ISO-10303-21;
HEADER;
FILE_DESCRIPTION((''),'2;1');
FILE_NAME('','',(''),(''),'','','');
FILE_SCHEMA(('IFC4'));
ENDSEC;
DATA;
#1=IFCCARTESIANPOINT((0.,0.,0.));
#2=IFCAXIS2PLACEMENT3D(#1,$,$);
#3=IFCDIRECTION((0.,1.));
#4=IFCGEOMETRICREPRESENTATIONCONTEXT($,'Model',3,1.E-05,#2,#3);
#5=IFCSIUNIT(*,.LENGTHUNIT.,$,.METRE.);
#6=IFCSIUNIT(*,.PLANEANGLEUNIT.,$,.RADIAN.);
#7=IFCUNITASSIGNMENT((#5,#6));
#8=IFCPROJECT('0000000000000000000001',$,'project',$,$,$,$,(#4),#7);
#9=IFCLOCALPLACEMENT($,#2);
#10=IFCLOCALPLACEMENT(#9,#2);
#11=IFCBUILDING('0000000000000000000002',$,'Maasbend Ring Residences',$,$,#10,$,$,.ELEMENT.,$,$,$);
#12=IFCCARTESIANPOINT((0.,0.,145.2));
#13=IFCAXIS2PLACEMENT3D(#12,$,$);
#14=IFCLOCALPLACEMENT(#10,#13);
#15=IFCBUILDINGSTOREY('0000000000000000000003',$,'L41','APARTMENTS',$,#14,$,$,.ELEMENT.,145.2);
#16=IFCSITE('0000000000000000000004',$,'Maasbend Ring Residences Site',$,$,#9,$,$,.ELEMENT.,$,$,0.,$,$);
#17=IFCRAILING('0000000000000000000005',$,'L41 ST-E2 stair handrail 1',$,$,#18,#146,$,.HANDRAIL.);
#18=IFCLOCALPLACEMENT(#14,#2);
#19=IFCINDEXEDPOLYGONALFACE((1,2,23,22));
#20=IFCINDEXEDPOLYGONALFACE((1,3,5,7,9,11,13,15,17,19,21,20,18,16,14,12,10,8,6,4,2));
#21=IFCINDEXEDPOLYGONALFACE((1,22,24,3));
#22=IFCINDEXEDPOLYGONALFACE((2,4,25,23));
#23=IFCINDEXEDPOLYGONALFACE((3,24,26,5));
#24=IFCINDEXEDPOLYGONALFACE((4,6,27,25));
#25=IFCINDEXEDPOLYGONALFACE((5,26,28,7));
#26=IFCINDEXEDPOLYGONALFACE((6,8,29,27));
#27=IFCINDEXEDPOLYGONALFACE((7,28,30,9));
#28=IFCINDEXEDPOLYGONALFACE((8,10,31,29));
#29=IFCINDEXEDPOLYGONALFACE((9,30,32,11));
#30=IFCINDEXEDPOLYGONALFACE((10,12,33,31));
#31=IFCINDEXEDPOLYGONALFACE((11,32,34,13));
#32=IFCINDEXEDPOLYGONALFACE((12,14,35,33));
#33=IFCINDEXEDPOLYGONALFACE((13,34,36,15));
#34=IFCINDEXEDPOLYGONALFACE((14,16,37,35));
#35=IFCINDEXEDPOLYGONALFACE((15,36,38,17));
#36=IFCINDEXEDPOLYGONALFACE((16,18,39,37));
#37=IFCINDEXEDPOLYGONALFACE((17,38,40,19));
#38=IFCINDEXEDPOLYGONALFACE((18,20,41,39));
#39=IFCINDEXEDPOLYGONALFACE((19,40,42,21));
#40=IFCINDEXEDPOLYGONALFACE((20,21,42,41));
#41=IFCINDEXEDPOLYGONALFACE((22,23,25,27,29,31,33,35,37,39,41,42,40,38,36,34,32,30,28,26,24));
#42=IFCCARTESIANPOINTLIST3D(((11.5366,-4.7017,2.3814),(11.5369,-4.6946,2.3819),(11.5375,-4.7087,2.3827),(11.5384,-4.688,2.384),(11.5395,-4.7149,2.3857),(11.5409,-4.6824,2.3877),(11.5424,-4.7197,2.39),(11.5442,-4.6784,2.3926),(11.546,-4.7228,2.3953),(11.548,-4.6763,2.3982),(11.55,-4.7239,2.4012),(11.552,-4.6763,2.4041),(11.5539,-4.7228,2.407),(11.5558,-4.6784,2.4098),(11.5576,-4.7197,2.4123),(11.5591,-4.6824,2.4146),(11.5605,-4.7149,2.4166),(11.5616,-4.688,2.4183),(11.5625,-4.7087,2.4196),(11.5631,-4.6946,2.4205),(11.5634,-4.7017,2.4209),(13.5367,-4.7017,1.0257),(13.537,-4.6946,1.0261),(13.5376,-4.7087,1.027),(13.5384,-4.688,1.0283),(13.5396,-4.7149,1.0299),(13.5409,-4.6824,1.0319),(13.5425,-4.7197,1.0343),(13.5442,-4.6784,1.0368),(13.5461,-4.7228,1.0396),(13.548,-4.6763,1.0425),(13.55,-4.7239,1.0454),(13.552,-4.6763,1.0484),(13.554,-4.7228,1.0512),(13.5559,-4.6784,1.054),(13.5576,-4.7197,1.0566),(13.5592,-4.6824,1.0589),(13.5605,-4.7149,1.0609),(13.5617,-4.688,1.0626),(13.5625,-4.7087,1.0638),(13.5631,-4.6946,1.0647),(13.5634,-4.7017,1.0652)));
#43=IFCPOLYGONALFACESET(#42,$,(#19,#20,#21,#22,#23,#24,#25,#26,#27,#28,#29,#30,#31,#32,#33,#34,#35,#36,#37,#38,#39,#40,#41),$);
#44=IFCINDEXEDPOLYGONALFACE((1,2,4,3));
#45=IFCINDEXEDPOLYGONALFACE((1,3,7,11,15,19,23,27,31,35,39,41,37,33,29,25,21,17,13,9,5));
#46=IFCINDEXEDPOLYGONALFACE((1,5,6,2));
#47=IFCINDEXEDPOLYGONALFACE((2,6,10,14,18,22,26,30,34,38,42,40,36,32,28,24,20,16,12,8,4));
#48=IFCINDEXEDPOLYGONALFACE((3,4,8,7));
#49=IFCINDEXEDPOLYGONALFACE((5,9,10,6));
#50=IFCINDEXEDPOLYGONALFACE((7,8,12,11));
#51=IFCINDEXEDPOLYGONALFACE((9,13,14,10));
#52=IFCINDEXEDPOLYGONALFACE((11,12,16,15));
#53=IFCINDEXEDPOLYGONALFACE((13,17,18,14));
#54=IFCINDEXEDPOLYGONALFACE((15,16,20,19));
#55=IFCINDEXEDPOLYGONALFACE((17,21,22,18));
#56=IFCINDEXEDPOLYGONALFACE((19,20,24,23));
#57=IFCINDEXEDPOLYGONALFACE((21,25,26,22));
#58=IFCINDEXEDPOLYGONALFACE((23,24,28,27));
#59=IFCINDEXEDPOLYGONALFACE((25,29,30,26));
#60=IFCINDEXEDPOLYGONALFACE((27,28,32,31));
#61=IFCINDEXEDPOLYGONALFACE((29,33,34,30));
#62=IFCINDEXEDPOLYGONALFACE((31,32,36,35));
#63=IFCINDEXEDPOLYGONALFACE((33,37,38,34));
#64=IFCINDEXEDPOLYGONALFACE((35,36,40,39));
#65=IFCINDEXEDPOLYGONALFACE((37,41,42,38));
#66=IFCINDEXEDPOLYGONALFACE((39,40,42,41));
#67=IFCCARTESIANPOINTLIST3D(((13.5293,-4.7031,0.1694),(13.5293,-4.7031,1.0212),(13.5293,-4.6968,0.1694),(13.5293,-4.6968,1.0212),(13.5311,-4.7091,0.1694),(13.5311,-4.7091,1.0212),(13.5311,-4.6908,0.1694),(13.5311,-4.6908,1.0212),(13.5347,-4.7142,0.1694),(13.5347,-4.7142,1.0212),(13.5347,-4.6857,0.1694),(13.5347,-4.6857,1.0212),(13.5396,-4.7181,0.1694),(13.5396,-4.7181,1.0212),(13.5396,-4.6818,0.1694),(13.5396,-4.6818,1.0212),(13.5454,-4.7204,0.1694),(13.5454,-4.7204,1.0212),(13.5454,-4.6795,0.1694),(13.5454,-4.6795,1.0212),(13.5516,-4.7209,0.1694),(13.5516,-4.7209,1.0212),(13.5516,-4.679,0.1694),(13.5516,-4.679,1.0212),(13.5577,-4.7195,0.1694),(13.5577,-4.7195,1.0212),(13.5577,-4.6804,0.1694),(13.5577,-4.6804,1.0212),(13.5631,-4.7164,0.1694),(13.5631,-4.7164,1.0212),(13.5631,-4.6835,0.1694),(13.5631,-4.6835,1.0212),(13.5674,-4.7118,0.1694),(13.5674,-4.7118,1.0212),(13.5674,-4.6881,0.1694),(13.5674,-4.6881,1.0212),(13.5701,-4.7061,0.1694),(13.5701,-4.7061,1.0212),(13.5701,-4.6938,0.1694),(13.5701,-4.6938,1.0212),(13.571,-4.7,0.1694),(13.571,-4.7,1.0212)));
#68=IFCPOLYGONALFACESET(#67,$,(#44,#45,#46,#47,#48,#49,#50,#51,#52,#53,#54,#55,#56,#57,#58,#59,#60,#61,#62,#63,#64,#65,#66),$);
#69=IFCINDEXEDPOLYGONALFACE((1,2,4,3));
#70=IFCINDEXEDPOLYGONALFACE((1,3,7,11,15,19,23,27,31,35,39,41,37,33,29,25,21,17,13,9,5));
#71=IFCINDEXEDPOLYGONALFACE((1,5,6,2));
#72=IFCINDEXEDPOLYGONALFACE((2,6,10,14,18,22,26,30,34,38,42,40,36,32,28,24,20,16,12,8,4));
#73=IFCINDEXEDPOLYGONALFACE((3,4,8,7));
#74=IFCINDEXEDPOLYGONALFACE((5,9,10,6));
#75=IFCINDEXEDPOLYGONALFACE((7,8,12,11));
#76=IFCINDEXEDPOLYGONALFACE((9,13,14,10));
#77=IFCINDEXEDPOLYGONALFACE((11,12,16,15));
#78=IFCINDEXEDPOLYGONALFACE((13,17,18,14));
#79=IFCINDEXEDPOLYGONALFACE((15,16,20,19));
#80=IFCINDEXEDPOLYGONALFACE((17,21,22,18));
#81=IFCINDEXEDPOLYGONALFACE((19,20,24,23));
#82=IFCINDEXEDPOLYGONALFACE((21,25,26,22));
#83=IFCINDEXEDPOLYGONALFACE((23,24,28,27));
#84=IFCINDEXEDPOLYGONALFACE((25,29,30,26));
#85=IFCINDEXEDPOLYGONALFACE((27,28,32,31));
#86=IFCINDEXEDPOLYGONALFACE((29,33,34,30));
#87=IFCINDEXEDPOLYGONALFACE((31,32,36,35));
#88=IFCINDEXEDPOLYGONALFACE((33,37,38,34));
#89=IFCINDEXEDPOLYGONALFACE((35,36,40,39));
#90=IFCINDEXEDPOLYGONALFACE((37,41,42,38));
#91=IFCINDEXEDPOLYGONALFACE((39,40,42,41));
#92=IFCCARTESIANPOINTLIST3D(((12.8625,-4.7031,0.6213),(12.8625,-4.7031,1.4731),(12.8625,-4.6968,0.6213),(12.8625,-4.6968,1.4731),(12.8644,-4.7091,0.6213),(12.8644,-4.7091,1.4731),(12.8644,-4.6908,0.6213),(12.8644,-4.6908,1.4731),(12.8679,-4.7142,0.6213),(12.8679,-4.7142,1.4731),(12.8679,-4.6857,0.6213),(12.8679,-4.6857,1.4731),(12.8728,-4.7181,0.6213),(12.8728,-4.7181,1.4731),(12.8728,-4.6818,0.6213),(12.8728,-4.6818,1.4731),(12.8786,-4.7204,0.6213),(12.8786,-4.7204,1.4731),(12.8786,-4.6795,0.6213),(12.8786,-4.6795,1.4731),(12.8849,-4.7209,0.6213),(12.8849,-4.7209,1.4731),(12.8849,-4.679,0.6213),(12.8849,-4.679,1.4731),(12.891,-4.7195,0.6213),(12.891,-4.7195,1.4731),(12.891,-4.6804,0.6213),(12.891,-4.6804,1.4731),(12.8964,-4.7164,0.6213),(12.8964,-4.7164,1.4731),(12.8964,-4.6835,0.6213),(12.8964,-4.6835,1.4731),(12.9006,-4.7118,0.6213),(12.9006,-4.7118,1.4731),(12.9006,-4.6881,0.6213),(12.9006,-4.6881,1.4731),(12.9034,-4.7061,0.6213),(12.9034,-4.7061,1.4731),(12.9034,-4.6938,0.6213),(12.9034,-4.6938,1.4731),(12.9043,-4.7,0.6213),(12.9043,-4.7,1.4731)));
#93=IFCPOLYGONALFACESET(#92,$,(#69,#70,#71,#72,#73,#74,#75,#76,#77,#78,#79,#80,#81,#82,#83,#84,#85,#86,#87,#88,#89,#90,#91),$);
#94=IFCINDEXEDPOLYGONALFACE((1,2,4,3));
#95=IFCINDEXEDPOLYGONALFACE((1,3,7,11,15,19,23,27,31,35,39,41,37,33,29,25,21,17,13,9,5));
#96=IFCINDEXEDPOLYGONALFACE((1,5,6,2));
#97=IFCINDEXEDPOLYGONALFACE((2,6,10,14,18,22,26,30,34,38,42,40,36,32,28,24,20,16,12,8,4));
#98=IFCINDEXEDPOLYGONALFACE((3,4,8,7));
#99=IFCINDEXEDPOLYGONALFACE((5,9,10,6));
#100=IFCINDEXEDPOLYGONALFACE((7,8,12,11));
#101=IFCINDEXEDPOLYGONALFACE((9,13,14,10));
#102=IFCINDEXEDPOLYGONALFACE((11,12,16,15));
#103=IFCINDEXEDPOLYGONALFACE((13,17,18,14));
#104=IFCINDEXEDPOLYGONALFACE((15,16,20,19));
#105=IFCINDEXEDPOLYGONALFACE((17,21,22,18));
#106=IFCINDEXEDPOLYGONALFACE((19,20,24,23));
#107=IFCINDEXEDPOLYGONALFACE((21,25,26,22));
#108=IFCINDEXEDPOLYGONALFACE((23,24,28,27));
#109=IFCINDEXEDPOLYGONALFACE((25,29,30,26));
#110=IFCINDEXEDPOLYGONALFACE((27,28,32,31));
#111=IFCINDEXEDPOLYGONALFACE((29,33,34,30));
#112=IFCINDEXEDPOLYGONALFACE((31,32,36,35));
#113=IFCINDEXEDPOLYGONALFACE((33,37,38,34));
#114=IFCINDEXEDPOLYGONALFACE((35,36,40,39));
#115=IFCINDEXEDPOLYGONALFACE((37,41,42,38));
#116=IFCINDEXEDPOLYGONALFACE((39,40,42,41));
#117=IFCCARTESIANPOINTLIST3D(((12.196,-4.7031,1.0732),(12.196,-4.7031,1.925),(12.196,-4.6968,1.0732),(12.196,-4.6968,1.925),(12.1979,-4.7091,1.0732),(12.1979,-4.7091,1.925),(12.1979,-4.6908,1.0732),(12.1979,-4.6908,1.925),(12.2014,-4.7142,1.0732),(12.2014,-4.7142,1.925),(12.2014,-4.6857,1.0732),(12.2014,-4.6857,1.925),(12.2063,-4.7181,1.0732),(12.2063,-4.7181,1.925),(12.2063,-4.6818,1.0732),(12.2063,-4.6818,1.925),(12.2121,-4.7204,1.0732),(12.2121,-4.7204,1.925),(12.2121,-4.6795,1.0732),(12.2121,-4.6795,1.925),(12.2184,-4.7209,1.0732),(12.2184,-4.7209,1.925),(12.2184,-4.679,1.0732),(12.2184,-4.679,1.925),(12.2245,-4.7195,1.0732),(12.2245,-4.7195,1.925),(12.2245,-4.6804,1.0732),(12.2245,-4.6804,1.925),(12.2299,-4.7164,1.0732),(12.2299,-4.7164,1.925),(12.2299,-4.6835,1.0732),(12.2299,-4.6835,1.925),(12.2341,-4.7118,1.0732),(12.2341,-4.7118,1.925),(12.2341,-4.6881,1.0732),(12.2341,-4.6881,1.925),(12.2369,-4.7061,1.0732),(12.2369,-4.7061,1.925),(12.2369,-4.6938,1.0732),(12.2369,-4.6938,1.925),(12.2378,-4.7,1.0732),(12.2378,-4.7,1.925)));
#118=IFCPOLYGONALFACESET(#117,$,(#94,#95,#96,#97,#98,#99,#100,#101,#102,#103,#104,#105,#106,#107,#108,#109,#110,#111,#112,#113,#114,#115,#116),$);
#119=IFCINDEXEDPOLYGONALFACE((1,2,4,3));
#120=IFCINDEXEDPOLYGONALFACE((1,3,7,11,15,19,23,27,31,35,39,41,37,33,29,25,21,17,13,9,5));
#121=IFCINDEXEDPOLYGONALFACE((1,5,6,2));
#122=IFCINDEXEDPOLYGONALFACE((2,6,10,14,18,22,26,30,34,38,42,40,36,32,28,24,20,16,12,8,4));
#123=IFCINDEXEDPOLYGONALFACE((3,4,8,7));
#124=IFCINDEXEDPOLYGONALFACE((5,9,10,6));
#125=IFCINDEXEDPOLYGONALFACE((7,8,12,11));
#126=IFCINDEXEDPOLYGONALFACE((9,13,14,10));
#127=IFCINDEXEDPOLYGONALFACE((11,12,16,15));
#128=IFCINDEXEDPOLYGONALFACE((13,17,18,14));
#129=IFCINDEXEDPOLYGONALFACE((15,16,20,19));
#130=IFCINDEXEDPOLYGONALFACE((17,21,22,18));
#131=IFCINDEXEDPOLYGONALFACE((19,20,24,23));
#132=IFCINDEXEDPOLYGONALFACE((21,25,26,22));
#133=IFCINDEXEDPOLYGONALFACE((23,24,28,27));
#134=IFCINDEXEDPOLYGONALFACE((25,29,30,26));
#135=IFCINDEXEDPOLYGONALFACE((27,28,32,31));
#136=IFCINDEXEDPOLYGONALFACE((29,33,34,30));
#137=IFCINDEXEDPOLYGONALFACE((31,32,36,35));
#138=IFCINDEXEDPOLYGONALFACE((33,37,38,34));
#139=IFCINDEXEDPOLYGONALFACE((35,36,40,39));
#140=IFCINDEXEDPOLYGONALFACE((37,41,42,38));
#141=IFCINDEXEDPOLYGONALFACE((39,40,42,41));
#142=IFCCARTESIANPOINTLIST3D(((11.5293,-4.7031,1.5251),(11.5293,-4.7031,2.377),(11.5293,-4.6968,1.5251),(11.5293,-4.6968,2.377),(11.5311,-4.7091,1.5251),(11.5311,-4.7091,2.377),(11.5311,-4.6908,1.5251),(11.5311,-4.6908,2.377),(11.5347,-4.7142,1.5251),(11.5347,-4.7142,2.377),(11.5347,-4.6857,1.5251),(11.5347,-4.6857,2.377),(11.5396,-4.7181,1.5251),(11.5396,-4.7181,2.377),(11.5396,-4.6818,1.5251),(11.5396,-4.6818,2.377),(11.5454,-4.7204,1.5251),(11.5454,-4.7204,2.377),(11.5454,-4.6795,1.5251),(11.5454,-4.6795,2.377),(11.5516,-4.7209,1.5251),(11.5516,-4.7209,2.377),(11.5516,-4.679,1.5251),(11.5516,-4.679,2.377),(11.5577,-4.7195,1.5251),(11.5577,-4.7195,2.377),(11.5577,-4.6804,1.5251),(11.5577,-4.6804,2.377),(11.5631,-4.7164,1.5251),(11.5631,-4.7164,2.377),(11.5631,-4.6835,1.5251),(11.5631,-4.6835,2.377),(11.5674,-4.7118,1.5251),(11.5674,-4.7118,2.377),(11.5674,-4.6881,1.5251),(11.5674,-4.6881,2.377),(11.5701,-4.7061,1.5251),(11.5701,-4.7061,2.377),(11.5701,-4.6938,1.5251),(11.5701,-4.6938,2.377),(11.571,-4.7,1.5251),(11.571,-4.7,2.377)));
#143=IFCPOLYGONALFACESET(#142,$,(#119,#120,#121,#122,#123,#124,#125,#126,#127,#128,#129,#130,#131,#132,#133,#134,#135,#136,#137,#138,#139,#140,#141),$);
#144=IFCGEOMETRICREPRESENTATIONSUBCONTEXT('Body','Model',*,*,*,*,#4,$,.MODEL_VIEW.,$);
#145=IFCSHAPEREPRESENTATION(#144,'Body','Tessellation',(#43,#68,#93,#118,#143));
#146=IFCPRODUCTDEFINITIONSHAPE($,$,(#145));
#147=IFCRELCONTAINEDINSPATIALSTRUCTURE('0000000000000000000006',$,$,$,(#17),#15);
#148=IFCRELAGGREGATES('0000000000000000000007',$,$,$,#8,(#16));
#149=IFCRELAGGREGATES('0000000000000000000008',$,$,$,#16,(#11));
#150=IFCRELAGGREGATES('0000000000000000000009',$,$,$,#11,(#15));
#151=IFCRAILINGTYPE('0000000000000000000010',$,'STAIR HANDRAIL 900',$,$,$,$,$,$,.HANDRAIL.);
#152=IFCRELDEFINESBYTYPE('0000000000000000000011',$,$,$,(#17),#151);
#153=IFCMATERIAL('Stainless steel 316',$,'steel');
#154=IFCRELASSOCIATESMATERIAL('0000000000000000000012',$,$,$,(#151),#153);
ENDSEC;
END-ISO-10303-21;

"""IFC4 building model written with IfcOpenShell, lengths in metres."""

from ifc_helpers import new_model, si_unit, direction, frame, origin, origin_2d, place, context, subcontext, project, spatial, circle, extrude, material, type_object, element, save


model = new_model("IFC4")

# Units and contexts
model_context = context("Model", 3, precision=1e-05, world=origin(), true_north=direction((0.0, 1.0)))
body_context = subcontext(model_context, "Body", "Model", "MODEL_VIEW")
ifc_project = project(units=[si_unit("LENGTHUNIT", "METRE"), si_unit("PLANEANGLEUNIT", "RADIAN")], contexts=[model_context])

# Site, building, storey
site_placement = place(None, origin())
site = spatial("IfcSite", under=ifc_project, at=site_placement, Name="Maasbend Ring Residences Site", CompositionType="ELEMENT", RefElevation=0.0)
building_placement = place(site_placement, origin())
building = spatial("IfcBuilding", under=site, at=building_placement, Name="Maasbend Ring Residences", CompositionType="ELEMENT")
storey_placement = place(building_placement, frame((0.0, 0.0, 145.2)))
storey = spatial("IfcBuildingStorey", under=building, at=storey_placement, Name="L41", Description="APARTMENTS", CompositionType="ELEMENT", Elevation=145.2)

# Railing
ifc_material_1 = material(Name="Stainless steel 316", Category="steel")
railing_type_1 = type_object("IfcRailingType", Name="STAIR HANDRAIL 900", PredefinedType="HANDRAIL", material=ifc_material_1)
railing_1_placement = place(storey_placement, frame((13.55, -4.7, 0.1694)))
element("IfcRailing", 1, at=railing_1_placement, inside=storey, type_object=railing_type_1, Name="L41 ST-E2 stair handrail 1", PredefinedType="HANDRAIL", context=body_context, shape_type="SweptSolid", body=[
    extrude(circle(Radius=0.0239, at=origin_2d()), frame((0.0, 0.0, 0.876), z_axis=(-0.827751, 0.0, 0.561096), x_axis=(0.0, -1.0, 0.0)), (0.0, 0.0, 1.0), 2.4163),
    extrude(circle(Radius=0.021, at=origin_2d()), origin(), (0.0, 0.0, 1.0), 0.8518),
    extrude(circle(Radius=0.021, at=origin_2d()), frame((-0.6667, 0.0, 0.4519)), (0.0, 0.0, 1.0), 0.8518),
    extrude(circle(Radius=0.021, at=origin_2d()), frame((-1.3333, 0.0, 0.9038)), (0.0, 0.0, 1.0), 0.8518),
    extrude(circle(Radius=0.021, at=origin_2d()), frame((-2.0, 0.0, 1.3557)), (0.0, 0.0, 1.0), 0.8518),
])

save(model, "model.ifc")
